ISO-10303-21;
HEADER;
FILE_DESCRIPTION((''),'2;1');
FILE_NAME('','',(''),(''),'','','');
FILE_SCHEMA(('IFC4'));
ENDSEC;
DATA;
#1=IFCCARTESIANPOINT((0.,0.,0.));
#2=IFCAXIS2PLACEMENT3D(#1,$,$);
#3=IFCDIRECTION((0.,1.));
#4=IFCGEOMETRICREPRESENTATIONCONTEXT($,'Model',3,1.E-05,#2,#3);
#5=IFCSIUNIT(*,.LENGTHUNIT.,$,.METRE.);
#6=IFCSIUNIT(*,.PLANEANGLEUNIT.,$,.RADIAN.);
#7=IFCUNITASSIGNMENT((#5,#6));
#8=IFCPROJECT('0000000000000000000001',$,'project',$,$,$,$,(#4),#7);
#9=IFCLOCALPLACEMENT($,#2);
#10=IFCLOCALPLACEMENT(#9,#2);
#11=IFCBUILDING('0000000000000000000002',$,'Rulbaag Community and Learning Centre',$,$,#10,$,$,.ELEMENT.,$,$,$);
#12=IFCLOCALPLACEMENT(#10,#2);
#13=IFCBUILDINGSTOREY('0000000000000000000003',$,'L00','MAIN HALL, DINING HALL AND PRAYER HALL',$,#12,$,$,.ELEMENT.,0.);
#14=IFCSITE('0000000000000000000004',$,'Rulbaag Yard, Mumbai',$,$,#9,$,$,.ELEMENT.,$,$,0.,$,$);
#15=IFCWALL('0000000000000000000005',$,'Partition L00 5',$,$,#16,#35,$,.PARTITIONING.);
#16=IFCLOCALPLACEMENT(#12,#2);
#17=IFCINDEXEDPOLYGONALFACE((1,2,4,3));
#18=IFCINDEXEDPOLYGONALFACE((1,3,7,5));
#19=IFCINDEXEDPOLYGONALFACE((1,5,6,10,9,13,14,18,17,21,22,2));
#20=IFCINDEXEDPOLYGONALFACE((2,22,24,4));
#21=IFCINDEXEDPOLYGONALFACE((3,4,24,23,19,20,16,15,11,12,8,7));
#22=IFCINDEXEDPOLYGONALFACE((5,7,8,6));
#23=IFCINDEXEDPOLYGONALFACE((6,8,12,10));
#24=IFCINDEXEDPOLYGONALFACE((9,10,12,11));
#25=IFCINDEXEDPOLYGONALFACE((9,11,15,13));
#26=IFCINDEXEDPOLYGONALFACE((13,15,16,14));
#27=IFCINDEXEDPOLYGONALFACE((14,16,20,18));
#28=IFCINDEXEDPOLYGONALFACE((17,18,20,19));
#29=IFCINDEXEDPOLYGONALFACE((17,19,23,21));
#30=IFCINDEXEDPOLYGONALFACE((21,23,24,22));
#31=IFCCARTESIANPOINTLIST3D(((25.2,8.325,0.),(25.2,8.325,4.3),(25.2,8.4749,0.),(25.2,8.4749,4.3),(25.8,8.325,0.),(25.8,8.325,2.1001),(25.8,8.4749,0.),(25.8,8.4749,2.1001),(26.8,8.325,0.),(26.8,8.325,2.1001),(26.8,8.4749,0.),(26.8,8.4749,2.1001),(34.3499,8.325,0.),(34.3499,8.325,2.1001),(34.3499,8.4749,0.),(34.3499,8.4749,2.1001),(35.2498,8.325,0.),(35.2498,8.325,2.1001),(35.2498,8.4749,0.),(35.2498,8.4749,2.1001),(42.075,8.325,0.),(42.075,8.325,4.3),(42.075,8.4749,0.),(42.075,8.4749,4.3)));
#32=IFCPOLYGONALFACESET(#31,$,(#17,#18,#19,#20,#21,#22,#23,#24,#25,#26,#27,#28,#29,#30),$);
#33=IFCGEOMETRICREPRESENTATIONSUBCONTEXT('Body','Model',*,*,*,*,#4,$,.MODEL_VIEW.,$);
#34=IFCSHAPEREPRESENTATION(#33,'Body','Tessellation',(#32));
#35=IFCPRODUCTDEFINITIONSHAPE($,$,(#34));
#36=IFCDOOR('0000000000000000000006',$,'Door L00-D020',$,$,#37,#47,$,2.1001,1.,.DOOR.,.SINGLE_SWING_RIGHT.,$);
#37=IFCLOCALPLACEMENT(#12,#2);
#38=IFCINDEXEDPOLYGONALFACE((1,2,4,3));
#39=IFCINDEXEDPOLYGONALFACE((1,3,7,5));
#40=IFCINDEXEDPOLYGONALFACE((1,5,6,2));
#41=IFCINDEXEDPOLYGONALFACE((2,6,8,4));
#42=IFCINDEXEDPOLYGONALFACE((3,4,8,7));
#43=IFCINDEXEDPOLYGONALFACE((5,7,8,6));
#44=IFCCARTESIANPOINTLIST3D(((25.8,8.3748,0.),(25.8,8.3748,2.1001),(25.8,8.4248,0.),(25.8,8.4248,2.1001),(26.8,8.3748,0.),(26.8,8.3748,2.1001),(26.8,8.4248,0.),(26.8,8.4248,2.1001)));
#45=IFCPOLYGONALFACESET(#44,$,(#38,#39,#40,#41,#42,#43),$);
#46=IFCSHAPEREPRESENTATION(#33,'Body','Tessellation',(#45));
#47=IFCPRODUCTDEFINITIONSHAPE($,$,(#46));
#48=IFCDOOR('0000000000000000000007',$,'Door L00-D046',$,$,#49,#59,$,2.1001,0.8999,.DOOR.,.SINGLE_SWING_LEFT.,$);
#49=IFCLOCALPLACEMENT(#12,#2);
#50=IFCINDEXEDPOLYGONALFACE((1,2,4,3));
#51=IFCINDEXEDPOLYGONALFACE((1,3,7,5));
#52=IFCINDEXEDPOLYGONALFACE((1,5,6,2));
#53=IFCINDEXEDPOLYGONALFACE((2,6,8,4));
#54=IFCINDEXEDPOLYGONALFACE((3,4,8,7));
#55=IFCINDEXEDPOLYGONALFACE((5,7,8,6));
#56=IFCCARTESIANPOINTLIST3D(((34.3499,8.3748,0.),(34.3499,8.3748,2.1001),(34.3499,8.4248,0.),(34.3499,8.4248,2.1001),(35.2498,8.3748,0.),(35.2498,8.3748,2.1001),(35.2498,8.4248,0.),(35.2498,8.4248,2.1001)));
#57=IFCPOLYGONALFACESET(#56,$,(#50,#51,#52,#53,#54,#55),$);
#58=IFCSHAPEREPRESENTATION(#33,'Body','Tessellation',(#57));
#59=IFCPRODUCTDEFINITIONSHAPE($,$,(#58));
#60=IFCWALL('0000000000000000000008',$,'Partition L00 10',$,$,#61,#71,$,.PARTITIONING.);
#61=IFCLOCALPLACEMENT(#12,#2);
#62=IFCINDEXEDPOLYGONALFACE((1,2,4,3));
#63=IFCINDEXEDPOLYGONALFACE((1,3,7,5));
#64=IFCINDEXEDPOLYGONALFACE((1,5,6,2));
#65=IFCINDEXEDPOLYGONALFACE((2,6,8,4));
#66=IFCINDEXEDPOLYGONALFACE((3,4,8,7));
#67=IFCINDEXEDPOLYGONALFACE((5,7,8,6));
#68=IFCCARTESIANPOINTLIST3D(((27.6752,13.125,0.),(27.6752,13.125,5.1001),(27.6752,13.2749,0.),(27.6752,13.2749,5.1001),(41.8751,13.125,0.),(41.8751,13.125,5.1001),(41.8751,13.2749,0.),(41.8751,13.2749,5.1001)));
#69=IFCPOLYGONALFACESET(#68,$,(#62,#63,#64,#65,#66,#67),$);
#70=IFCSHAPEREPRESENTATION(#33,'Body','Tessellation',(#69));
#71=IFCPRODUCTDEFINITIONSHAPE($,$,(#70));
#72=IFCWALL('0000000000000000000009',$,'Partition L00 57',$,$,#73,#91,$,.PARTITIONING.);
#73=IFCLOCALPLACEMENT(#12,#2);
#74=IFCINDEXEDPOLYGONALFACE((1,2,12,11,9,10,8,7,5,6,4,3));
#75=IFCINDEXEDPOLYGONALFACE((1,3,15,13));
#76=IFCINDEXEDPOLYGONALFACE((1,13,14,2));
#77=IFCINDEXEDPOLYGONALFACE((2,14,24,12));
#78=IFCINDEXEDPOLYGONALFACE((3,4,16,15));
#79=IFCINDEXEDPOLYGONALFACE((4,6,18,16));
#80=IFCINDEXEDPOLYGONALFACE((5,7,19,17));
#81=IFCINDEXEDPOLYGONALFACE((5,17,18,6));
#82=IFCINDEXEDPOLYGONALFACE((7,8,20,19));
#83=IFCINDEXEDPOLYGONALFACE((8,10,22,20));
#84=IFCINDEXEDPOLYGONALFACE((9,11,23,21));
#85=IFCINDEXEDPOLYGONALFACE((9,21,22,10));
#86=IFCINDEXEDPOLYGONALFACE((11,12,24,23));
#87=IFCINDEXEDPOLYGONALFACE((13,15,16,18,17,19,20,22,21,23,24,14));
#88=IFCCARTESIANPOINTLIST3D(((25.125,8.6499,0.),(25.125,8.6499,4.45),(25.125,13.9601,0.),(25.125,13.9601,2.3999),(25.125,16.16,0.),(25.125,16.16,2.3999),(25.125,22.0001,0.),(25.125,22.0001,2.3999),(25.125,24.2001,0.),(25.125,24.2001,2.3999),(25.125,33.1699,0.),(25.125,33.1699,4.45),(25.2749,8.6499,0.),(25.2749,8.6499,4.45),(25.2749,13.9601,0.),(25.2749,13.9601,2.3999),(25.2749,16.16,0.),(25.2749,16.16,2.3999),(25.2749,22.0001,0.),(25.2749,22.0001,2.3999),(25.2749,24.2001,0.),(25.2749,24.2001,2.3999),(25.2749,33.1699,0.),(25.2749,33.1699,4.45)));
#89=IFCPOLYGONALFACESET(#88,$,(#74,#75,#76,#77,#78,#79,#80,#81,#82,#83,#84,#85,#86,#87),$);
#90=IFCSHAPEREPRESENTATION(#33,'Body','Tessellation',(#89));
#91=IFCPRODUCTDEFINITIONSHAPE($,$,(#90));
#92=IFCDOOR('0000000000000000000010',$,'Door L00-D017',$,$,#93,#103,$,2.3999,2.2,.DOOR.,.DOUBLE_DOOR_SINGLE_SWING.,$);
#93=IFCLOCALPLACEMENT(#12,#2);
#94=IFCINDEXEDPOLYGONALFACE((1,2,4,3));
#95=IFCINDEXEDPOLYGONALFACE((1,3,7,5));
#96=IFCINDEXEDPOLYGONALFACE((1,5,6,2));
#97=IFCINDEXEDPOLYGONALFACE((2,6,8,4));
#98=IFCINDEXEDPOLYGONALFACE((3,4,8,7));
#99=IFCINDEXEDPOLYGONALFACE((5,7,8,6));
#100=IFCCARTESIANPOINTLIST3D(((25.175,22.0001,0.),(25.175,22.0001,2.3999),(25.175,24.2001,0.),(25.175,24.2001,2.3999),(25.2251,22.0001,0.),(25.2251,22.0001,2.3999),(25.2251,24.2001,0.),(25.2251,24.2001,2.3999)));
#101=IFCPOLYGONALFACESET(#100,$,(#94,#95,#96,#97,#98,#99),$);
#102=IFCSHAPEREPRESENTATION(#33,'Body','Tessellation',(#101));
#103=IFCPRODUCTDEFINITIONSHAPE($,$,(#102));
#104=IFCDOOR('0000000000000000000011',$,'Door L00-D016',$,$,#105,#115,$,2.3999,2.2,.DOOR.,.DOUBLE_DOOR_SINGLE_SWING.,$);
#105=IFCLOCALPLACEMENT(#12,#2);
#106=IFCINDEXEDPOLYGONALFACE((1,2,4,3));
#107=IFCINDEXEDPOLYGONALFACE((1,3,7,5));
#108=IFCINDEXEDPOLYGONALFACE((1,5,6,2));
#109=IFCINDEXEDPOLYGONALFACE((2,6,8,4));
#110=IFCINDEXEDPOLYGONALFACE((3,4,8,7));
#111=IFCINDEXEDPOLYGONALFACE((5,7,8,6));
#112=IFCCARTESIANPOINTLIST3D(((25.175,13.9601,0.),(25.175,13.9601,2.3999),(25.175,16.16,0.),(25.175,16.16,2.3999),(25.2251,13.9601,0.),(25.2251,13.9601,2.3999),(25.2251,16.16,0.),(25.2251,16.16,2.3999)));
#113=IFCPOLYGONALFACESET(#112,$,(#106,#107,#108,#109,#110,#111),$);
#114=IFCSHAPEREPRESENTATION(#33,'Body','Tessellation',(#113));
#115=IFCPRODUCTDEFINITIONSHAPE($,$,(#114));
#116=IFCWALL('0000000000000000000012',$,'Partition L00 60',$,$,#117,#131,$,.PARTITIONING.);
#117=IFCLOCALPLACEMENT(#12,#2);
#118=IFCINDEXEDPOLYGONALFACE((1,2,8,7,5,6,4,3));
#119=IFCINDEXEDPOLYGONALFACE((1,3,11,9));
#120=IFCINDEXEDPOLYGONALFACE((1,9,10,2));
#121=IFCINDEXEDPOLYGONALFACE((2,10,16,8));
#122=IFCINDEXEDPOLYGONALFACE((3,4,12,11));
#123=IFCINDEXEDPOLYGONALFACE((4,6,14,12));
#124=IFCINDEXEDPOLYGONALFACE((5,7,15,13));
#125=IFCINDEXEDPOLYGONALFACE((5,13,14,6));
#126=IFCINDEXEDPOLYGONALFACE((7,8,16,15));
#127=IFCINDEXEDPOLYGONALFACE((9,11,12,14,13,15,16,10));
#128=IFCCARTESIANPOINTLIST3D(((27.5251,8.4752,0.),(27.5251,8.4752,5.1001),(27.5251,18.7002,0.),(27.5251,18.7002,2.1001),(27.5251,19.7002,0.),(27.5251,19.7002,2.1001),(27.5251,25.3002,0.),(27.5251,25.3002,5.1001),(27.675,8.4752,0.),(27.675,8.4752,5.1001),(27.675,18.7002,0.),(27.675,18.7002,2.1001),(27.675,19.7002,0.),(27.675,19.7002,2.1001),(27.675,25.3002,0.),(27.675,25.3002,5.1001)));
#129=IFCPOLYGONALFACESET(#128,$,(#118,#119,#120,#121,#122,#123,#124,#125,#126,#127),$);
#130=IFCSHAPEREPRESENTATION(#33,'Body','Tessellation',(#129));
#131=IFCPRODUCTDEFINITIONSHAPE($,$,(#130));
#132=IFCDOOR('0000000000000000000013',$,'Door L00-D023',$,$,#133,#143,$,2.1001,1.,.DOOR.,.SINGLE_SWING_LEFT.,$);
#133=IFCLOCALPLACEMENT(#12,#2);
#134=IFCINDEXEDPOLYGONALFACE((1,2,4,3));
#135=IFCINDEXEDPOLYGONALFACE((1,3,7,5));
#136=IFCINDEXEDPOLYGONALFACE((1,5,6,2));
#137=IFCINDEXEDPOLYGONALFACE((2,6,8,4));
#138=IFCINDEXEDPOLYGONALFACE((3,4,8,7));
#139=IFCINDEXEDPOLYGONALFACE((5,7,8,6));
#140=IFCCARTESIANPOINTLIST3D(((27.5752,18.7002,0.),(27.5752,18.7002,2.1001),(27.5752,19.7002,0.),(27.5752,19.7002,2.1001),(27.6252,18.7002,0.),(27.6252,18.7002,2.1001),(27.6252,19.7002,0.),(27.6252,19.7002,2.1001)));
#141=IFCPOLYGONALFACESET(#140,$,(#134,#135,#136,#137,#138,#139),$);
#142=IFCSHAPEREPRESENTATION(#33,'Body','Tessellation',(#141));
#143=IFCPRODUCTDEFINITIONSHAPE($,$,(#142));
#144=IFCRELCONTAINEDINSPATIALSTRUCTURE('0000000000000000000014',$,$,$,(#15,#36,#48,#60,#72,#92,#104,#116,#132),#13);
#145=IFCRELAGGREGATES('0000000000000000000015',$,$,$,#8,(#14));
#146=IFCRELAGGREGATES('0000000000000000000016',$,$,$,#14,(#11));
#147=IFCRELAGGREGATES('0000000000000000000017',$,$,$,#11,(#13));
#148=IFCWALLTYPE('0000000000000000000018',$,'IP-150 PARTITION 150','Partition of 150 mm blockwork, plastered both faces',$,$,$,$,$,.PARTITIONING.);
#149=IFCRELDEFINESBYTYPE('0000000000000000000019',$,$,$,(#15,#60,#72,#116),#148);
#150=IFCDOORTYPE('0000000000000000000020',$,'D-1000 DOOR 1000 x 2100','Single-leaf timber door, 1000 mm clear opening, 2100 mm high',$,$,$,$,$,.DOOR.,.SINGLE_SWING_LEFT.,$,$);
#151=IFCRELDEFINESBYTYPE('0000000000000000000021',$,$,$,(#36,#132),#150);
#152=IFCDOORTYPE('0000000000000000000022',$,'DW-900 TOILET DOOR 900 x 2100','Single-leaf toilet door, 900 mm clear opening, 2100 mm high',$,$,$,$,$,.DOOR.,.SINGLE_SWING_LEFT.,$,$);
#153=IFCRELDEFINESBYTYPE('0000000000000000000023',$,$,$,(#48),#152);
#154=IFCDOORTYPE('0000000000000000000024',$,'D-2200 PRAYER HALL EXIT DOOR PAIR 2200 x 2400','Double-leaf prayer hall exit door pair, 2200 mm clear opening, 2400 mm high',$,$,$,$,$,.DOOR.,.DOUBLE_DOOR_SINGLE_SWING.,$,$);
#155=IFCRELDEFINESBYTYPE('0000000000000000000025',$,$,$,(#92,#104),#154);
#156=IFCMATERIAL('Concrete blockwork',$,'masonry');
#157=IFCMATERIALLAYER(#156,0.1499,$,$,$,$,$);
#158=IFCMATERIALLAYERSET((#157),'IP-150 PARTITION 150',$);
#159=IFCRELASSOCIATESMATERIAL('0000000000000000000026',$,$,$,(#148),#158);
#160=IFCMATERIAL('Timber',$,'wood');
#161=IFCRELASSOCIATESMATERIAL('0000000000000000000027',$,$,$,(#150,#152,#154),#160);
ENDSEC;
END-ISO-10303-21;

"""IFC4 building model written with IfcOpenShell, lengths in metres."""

from ifc_helpers import new_model, si_unit, direction, frame, frame_2d, origin, place, context, subcontext, project, spatial, rectangle, extrude, material, layer, layer_set, type_object, element, fill, save


model = new_model("IFC4")

# Units and contexts
model_context = context("Model", 3, precision=1e-05, world=origin(), true_north=direction((0.0, 1.0)))
body_context = subcontext(model_context, "Body", "Model", "MODEL_VIEW")
ifc_project = project(units=[si_unit("LENGTHUNIT", "METRE"), si_unit("PLANEANGLEUNIT", "RADIAN")], contexts=[model_context])

# Site, building, storey
site_placement = place(None, origin())
site = spatial("IfcSite", under=ifc_project, at=site_placement, Name="Rulbaag Yard, Mumbai", CompositionType="ELEMENT", RefElevation=0.0)
building_placement = place(site_placement, origin())
building = spatial("IfcBuilding", under=site, at=building_placement, Name="Rulbaag Community and Learning Centre", CompositionType="ELEMENT")
storey_placement = place(building_placement, origin())
storey = spatial("IfcBuildingStorey", under=building, at=storey_placement, Name="L00", Description="MAIN HALL, DINING HALL AND PRAYER HALL", CompositionType="ELEMENT", Elevation=0.0)

# Wall, openings, doors
ifc_material_1 = material(Name="Concrete blockwork", Category="masonry")
ifc_layer = layer(ifc_material_1, 0.1499)
ifc_layer_set = layer_set([ifc_layer], Name="IP-150 PARTITION 150")
wall_type = type_object("IfcWallType", Name="IP-150 PARTITION 150", Description="Partition of 150 mm blockwork, plastered both faces", PredefinedType="PARTITIONING", material=ifc_layer_set)
wall_1_placement = place(storey_placement, frame((25.2, 8.3999, 0.0), z_axis=(0.0, 0.0, 1.0), x_axis=(1.0, 0.0, 0.0)))
wall_1 = element("IfcWall", 1, at=wall_1_placement, inside=storey, type_object=wall_type, Name="Partition L00 5", PredefinedType="PARTITIONING", context=body_context, shape_type="SweptSolid", body=[
    extrude(rectangle(XDim=16.875, YDim=0.1499, at=frame_2d((8.4375, 0.0))), origin(), (0.0, 0.0, 1.0), 4.3),
])
opening_1_placement = place(wall_1_placement, frame((9.1499, 0.0, 0.0)))
opening_1 = element("IfcOpeningElement", 2, at=opening_1_placement, cuts=wall_1, PredefinedType="OPENING", context=body_context, shape_type="SweptSolid", body=[
    extrude(rectangle(XDim=0.8999, YDim=2.1001, at=frame_2d((0.45, 1.05))), frame((0.0, 0.085, 0.0), z_axis=(0.0, -1.0, 0.0), x_axis=(1.0, 0.0, 0.0)), (0.0, 0.0, 1.0), 0.1699),
])
opening_2_placement = place(wall_1_placement, frame((0.6001, 0.0, 0.0)))
opening_2 = element("IfcOpeningElement", 3, at=opening_2_placement, cuts=wall_1, PredefinedType="OPENING", context=body_context, shape_type="SweptSolid", body=[
    extrude(rectangle(XDim=1.0, YDim=2.1001, at=frame_2d((0.5, 1.05))), frame((0.0, 0.085, 0.0), z_axis=(0.0, -1.0, 0.0), x_axis=(1.0, 0.0, 0.0)), (0.0, 0.0, 1.0), 0.1699),
])
ifc_material_2 = material(Name="Timber", Category="wood")
door_type_1 = type_object("IfcDoorType", Name="D-1000 DOOR 1000 x 2100", Description="Single-leaf timber door, 1000 mm clear opening, 2100 mm high", OperationType="SINGLE_SWING_LEFT", PredefinedType="DOOR", material=ifc_material_2)
door_1_placement = place(opening_2_placement, origin())
door_1 = element("IfcDoor", 4, at=door_1_placement, inside=storey, type_object=door_type_1, Name="Door L00-D020", OperationType="SINGLE_SWING_RIGHT", OverallHeight=2.1001, OverallWidth=1.0, PredefinedType="DOOR", context=body_context, shape_type="SweptSolid", body=[
    extrude(rectangle(XDim=1.0, YDim=2.1001, at=frame_2d((0.5, 1.05))), frame((0.0, 0.0249, 0.0), z_axis=(0.0, -1.0, 0.0), x_axis=(1.0, 0.0, 0.0)), (0.0, 0.0, 1.0), 0.05),
])
fill(opening_2, door_1)
door_type_2 = type_object("IfcDoorType", Name="DW-900 TOILET DOOR 900 x 2100", Description="Single-leaf toilet door, 900 mm clear opening, 2100 mm high", OperationType="SINGLE_SWING_LEFT", PredefinedType="DOOR", material=ifc_material_2)
door_2_placement = place(opening_1_placement, origin())
door_2 = element("IfcDoor", 5, at=door_2_placement, inside=storey, type_object=door_type_2, Name="Door L00-D046", OperationType="SINGLE_SWING_LEFT", OverallHeight=2.1001, OverallWidth=0.8999, PredefinedType="DOOR", context=body_context, shape_type="SweptSolid", body=[
    extrude(rectangle(XDim=0.8999, YDim=2.1001, at=frame_2d((0.45, 1.05))), frame((0.0, 0.0249, 0.0), z_axis=(0.0, -1.0, 0.0), x_axis=(1.0, 0.0, 0.0)), (0.0, 0.0, 1.0), 0.05),
])
fill(opening_1, door_2)

# Wall
wall_2_placement = place(storey_placement, frame((27.675, 13.2, 0.0), z_axis=(0.0, 0.0, 1.0), x_axis=(1.0, 0.0, 0.0)))
element("IfcWall", 6, at=wall_2_placement, inside=storey, type_object=wall_type, Name="Partition L00 10", PredefinedType="PARTITIONING", context=body_context, shape_type="SweptSolid", body=[
    extrude(rectangle(XDim=14.2, YDim=0.1499, at=frame_2d((7.1001, 0.0))), origin(), (0.0, 0.0, 1.0), 5.1001),
])

# Wall, openings, doors
wall_3_placement = place(storey_placement, frame((25.2, 8.6499, 0.0), z_axis=(0.0, 0.0, 1.0), x_axis=(0.0, 1.0, 0.0)))
wall_3 = element("IfcWall", 7, at=wall_3_placement, inside=storey, type_object=wall_type, Name="Partition L00 57", PredefinedType="PARTITIONING", context=body_context, shape_type="SweptSolid", body=[
    extrude(rectangle(XDim=24.52, YDim=0.1499, at=frame_2d((12.26, 0.0))), origin(), (0.0, 0.0, 1.0), 4.45),
])
opening_3_placement = place(wall_3_placement, frame((13.3501, 0.0, 0.0)))
opening_3 = element("IfcOpeningElement", 8, at=opening_3_placement, cuts=wall_3, PredefinedType="OPENING", context=body_context, shape_type="SweptSolid", body=[
    extrude(rectangle(XDim=2.2, YDim=2.3999, at=frame_2d((1.1001, 1.2))), frame((0.0, 0.085, 0.0), z_axis=(0.0, -1.0, 0.0), x_axis=(1.0, 0.0, 0.0)), (0.0, 0.0, 1.0), 0.1699),
])
opening_4_placement = place(wall_3_placement, frame((5.3101, 0.0, 0.0)))
opening_4 = element("IfcOpeningElement", 9, at=opening_4_placement, cuts=wall_3, PredefinedType="OPENING", context=body_context, shape_type="SweptSolid", body=[
    extrude(rectangle(XDim=2.2, YDim=2.3999, at=frame_2d((1.1001, 1.2))), frame((0.0, 0.085, 0.0), z_axis=(0.0, -1.0, 0.0), x_axis=(1.0, 0.0, 0.0)), (0.0, 0.0, 1.0), 0.1699),
])
door_type_3 = type_object("IfcDoorType", Name="D-2200 PRAYER HALL EXIT DOOR PAIR 2200 x 2400", Description="Double-leaf prayer hall exit door pair, 2200 mm clear opening, 2400 mm high", OperationType="DOUBLE_DOOR_SINGLE_SWING", PredefinedType="DOOR", material=ifc_material_2)
door_3_placement = place(opening_3_placement, origin())
door_3 = element("IfcDoor", 10, at=door_3_placement, inside=storey, type_object=door_type_3, Name="Door L00-D017", OperationType="DOUBLE_DOOR_SINGLE_SWING", OverallHeight=2.3999, OverallWidth=2.2, PredefinedType="DOOR", context=body_context, shape_type="SweptSolid", body=[
    extrude(rectangle(XDim=2.2, YDim=2.3999, at=frame_2d((1.1001, 1.2))), frame((0.0, 0.0249, 0.0), z_axis=(0.0, -1.0, 0.0), x_axis=(1.0, 0.0, 0.0)), (0.0, 0.0, 1.0), 0.05),
])
fill(opening_3, door_3)
door_4_placement = place(opening_4_placement, origin())
door_4 = element("IfcDoor", 11, at=door_4_placement, inside=storey, type_object=door_type_3, Name="Door L00-D016", OperationType="DOUBLE_DOOR_SINGLE_SWING", OverallHeight=2.3999, OverallWidth=2.2, PredefinedType="DOOR", context=body_context, shape_type="SweptSolid", body=[
    extrude(rectangle(XDim=2.2, YDim=2.3999, at=frame_2d((1.1001, 1.2))), frame((0.0, 0.0249, 0.0), z_axis=(0.0, -1.0, 0.0), x_axis=(1.0, 0.0, 0.0)), (0.0, 0.0, 1.0), 0.05),
])
fill(opening_4, door_4)

# Wall, opening, door
wall_4_placement = place(storey_placement, frame((27.6001, 8.4751, 0.0), z_axis=(0.0, 0.0, 1.0), x_axis=(0.0, 1.0, 0.0)))
wall_4 = element("IfcWall", 12, at=wall_4_placement, inside=storey, type_object=wall_type, Name="Partition L00 60", PredefinedType="PARTITIONING", context=body_context, shape_type="SweptSolid", body=[
    extrude(rectangle(XDim=16.825, YDim=0.1499, at=frame_2d((8.4126, 0.0))), origin(), (0.0, 0.0, 1.0), 5.1001),
])
opening_5_placement = place(wall_4_placement, frame((10.2251, 0.0, 0.0)))
opening_5 = element("IfcOpeningElement", 13, at=opening_5_placement, cuts=wall_4, PredefinedType="OPENING", context=body_context, shape_type="SweptSolid", body=[
    extrude(rectangle(XDim=1.0, YDim=2.1001, at=frame_2d((0.5, 1.05))), frame((0.0, 0.085, 0.0), z_axis=(0.0, -1.0, 0.0), x_axis=(1.0, 0.0, 0.0)), (0.0, 0.0, 1.0), 0.1699),
])
door_5_placement = place(opening_5_placement, origin())
door_5 = element("IfcDoor", 14, at=door_5_placement, inside=storey, type_object=door_type_1, Name="Door L00-D023", OperationType="SINGLE_SWING_LEFT", OverallHeight=2.1001, OverallWidth=1.0, PredefinedType="DOOR", context=body_context, shape_type="SweptSolid", body=[
    extrude(rectangle(XDim=1.0, YDim=2.1001, at=frame_2d((0.5, 1.05))), frame((0.0, 0.0249, 0.0), z_axis=(0.0, -1.0, 0.0), x_axis=(1.0, 0.0, 0.0)), (0.0, 0.0, 1.0), 0.05),
])
fill(opening_5, door_5)

save(model, "model.ifc")
